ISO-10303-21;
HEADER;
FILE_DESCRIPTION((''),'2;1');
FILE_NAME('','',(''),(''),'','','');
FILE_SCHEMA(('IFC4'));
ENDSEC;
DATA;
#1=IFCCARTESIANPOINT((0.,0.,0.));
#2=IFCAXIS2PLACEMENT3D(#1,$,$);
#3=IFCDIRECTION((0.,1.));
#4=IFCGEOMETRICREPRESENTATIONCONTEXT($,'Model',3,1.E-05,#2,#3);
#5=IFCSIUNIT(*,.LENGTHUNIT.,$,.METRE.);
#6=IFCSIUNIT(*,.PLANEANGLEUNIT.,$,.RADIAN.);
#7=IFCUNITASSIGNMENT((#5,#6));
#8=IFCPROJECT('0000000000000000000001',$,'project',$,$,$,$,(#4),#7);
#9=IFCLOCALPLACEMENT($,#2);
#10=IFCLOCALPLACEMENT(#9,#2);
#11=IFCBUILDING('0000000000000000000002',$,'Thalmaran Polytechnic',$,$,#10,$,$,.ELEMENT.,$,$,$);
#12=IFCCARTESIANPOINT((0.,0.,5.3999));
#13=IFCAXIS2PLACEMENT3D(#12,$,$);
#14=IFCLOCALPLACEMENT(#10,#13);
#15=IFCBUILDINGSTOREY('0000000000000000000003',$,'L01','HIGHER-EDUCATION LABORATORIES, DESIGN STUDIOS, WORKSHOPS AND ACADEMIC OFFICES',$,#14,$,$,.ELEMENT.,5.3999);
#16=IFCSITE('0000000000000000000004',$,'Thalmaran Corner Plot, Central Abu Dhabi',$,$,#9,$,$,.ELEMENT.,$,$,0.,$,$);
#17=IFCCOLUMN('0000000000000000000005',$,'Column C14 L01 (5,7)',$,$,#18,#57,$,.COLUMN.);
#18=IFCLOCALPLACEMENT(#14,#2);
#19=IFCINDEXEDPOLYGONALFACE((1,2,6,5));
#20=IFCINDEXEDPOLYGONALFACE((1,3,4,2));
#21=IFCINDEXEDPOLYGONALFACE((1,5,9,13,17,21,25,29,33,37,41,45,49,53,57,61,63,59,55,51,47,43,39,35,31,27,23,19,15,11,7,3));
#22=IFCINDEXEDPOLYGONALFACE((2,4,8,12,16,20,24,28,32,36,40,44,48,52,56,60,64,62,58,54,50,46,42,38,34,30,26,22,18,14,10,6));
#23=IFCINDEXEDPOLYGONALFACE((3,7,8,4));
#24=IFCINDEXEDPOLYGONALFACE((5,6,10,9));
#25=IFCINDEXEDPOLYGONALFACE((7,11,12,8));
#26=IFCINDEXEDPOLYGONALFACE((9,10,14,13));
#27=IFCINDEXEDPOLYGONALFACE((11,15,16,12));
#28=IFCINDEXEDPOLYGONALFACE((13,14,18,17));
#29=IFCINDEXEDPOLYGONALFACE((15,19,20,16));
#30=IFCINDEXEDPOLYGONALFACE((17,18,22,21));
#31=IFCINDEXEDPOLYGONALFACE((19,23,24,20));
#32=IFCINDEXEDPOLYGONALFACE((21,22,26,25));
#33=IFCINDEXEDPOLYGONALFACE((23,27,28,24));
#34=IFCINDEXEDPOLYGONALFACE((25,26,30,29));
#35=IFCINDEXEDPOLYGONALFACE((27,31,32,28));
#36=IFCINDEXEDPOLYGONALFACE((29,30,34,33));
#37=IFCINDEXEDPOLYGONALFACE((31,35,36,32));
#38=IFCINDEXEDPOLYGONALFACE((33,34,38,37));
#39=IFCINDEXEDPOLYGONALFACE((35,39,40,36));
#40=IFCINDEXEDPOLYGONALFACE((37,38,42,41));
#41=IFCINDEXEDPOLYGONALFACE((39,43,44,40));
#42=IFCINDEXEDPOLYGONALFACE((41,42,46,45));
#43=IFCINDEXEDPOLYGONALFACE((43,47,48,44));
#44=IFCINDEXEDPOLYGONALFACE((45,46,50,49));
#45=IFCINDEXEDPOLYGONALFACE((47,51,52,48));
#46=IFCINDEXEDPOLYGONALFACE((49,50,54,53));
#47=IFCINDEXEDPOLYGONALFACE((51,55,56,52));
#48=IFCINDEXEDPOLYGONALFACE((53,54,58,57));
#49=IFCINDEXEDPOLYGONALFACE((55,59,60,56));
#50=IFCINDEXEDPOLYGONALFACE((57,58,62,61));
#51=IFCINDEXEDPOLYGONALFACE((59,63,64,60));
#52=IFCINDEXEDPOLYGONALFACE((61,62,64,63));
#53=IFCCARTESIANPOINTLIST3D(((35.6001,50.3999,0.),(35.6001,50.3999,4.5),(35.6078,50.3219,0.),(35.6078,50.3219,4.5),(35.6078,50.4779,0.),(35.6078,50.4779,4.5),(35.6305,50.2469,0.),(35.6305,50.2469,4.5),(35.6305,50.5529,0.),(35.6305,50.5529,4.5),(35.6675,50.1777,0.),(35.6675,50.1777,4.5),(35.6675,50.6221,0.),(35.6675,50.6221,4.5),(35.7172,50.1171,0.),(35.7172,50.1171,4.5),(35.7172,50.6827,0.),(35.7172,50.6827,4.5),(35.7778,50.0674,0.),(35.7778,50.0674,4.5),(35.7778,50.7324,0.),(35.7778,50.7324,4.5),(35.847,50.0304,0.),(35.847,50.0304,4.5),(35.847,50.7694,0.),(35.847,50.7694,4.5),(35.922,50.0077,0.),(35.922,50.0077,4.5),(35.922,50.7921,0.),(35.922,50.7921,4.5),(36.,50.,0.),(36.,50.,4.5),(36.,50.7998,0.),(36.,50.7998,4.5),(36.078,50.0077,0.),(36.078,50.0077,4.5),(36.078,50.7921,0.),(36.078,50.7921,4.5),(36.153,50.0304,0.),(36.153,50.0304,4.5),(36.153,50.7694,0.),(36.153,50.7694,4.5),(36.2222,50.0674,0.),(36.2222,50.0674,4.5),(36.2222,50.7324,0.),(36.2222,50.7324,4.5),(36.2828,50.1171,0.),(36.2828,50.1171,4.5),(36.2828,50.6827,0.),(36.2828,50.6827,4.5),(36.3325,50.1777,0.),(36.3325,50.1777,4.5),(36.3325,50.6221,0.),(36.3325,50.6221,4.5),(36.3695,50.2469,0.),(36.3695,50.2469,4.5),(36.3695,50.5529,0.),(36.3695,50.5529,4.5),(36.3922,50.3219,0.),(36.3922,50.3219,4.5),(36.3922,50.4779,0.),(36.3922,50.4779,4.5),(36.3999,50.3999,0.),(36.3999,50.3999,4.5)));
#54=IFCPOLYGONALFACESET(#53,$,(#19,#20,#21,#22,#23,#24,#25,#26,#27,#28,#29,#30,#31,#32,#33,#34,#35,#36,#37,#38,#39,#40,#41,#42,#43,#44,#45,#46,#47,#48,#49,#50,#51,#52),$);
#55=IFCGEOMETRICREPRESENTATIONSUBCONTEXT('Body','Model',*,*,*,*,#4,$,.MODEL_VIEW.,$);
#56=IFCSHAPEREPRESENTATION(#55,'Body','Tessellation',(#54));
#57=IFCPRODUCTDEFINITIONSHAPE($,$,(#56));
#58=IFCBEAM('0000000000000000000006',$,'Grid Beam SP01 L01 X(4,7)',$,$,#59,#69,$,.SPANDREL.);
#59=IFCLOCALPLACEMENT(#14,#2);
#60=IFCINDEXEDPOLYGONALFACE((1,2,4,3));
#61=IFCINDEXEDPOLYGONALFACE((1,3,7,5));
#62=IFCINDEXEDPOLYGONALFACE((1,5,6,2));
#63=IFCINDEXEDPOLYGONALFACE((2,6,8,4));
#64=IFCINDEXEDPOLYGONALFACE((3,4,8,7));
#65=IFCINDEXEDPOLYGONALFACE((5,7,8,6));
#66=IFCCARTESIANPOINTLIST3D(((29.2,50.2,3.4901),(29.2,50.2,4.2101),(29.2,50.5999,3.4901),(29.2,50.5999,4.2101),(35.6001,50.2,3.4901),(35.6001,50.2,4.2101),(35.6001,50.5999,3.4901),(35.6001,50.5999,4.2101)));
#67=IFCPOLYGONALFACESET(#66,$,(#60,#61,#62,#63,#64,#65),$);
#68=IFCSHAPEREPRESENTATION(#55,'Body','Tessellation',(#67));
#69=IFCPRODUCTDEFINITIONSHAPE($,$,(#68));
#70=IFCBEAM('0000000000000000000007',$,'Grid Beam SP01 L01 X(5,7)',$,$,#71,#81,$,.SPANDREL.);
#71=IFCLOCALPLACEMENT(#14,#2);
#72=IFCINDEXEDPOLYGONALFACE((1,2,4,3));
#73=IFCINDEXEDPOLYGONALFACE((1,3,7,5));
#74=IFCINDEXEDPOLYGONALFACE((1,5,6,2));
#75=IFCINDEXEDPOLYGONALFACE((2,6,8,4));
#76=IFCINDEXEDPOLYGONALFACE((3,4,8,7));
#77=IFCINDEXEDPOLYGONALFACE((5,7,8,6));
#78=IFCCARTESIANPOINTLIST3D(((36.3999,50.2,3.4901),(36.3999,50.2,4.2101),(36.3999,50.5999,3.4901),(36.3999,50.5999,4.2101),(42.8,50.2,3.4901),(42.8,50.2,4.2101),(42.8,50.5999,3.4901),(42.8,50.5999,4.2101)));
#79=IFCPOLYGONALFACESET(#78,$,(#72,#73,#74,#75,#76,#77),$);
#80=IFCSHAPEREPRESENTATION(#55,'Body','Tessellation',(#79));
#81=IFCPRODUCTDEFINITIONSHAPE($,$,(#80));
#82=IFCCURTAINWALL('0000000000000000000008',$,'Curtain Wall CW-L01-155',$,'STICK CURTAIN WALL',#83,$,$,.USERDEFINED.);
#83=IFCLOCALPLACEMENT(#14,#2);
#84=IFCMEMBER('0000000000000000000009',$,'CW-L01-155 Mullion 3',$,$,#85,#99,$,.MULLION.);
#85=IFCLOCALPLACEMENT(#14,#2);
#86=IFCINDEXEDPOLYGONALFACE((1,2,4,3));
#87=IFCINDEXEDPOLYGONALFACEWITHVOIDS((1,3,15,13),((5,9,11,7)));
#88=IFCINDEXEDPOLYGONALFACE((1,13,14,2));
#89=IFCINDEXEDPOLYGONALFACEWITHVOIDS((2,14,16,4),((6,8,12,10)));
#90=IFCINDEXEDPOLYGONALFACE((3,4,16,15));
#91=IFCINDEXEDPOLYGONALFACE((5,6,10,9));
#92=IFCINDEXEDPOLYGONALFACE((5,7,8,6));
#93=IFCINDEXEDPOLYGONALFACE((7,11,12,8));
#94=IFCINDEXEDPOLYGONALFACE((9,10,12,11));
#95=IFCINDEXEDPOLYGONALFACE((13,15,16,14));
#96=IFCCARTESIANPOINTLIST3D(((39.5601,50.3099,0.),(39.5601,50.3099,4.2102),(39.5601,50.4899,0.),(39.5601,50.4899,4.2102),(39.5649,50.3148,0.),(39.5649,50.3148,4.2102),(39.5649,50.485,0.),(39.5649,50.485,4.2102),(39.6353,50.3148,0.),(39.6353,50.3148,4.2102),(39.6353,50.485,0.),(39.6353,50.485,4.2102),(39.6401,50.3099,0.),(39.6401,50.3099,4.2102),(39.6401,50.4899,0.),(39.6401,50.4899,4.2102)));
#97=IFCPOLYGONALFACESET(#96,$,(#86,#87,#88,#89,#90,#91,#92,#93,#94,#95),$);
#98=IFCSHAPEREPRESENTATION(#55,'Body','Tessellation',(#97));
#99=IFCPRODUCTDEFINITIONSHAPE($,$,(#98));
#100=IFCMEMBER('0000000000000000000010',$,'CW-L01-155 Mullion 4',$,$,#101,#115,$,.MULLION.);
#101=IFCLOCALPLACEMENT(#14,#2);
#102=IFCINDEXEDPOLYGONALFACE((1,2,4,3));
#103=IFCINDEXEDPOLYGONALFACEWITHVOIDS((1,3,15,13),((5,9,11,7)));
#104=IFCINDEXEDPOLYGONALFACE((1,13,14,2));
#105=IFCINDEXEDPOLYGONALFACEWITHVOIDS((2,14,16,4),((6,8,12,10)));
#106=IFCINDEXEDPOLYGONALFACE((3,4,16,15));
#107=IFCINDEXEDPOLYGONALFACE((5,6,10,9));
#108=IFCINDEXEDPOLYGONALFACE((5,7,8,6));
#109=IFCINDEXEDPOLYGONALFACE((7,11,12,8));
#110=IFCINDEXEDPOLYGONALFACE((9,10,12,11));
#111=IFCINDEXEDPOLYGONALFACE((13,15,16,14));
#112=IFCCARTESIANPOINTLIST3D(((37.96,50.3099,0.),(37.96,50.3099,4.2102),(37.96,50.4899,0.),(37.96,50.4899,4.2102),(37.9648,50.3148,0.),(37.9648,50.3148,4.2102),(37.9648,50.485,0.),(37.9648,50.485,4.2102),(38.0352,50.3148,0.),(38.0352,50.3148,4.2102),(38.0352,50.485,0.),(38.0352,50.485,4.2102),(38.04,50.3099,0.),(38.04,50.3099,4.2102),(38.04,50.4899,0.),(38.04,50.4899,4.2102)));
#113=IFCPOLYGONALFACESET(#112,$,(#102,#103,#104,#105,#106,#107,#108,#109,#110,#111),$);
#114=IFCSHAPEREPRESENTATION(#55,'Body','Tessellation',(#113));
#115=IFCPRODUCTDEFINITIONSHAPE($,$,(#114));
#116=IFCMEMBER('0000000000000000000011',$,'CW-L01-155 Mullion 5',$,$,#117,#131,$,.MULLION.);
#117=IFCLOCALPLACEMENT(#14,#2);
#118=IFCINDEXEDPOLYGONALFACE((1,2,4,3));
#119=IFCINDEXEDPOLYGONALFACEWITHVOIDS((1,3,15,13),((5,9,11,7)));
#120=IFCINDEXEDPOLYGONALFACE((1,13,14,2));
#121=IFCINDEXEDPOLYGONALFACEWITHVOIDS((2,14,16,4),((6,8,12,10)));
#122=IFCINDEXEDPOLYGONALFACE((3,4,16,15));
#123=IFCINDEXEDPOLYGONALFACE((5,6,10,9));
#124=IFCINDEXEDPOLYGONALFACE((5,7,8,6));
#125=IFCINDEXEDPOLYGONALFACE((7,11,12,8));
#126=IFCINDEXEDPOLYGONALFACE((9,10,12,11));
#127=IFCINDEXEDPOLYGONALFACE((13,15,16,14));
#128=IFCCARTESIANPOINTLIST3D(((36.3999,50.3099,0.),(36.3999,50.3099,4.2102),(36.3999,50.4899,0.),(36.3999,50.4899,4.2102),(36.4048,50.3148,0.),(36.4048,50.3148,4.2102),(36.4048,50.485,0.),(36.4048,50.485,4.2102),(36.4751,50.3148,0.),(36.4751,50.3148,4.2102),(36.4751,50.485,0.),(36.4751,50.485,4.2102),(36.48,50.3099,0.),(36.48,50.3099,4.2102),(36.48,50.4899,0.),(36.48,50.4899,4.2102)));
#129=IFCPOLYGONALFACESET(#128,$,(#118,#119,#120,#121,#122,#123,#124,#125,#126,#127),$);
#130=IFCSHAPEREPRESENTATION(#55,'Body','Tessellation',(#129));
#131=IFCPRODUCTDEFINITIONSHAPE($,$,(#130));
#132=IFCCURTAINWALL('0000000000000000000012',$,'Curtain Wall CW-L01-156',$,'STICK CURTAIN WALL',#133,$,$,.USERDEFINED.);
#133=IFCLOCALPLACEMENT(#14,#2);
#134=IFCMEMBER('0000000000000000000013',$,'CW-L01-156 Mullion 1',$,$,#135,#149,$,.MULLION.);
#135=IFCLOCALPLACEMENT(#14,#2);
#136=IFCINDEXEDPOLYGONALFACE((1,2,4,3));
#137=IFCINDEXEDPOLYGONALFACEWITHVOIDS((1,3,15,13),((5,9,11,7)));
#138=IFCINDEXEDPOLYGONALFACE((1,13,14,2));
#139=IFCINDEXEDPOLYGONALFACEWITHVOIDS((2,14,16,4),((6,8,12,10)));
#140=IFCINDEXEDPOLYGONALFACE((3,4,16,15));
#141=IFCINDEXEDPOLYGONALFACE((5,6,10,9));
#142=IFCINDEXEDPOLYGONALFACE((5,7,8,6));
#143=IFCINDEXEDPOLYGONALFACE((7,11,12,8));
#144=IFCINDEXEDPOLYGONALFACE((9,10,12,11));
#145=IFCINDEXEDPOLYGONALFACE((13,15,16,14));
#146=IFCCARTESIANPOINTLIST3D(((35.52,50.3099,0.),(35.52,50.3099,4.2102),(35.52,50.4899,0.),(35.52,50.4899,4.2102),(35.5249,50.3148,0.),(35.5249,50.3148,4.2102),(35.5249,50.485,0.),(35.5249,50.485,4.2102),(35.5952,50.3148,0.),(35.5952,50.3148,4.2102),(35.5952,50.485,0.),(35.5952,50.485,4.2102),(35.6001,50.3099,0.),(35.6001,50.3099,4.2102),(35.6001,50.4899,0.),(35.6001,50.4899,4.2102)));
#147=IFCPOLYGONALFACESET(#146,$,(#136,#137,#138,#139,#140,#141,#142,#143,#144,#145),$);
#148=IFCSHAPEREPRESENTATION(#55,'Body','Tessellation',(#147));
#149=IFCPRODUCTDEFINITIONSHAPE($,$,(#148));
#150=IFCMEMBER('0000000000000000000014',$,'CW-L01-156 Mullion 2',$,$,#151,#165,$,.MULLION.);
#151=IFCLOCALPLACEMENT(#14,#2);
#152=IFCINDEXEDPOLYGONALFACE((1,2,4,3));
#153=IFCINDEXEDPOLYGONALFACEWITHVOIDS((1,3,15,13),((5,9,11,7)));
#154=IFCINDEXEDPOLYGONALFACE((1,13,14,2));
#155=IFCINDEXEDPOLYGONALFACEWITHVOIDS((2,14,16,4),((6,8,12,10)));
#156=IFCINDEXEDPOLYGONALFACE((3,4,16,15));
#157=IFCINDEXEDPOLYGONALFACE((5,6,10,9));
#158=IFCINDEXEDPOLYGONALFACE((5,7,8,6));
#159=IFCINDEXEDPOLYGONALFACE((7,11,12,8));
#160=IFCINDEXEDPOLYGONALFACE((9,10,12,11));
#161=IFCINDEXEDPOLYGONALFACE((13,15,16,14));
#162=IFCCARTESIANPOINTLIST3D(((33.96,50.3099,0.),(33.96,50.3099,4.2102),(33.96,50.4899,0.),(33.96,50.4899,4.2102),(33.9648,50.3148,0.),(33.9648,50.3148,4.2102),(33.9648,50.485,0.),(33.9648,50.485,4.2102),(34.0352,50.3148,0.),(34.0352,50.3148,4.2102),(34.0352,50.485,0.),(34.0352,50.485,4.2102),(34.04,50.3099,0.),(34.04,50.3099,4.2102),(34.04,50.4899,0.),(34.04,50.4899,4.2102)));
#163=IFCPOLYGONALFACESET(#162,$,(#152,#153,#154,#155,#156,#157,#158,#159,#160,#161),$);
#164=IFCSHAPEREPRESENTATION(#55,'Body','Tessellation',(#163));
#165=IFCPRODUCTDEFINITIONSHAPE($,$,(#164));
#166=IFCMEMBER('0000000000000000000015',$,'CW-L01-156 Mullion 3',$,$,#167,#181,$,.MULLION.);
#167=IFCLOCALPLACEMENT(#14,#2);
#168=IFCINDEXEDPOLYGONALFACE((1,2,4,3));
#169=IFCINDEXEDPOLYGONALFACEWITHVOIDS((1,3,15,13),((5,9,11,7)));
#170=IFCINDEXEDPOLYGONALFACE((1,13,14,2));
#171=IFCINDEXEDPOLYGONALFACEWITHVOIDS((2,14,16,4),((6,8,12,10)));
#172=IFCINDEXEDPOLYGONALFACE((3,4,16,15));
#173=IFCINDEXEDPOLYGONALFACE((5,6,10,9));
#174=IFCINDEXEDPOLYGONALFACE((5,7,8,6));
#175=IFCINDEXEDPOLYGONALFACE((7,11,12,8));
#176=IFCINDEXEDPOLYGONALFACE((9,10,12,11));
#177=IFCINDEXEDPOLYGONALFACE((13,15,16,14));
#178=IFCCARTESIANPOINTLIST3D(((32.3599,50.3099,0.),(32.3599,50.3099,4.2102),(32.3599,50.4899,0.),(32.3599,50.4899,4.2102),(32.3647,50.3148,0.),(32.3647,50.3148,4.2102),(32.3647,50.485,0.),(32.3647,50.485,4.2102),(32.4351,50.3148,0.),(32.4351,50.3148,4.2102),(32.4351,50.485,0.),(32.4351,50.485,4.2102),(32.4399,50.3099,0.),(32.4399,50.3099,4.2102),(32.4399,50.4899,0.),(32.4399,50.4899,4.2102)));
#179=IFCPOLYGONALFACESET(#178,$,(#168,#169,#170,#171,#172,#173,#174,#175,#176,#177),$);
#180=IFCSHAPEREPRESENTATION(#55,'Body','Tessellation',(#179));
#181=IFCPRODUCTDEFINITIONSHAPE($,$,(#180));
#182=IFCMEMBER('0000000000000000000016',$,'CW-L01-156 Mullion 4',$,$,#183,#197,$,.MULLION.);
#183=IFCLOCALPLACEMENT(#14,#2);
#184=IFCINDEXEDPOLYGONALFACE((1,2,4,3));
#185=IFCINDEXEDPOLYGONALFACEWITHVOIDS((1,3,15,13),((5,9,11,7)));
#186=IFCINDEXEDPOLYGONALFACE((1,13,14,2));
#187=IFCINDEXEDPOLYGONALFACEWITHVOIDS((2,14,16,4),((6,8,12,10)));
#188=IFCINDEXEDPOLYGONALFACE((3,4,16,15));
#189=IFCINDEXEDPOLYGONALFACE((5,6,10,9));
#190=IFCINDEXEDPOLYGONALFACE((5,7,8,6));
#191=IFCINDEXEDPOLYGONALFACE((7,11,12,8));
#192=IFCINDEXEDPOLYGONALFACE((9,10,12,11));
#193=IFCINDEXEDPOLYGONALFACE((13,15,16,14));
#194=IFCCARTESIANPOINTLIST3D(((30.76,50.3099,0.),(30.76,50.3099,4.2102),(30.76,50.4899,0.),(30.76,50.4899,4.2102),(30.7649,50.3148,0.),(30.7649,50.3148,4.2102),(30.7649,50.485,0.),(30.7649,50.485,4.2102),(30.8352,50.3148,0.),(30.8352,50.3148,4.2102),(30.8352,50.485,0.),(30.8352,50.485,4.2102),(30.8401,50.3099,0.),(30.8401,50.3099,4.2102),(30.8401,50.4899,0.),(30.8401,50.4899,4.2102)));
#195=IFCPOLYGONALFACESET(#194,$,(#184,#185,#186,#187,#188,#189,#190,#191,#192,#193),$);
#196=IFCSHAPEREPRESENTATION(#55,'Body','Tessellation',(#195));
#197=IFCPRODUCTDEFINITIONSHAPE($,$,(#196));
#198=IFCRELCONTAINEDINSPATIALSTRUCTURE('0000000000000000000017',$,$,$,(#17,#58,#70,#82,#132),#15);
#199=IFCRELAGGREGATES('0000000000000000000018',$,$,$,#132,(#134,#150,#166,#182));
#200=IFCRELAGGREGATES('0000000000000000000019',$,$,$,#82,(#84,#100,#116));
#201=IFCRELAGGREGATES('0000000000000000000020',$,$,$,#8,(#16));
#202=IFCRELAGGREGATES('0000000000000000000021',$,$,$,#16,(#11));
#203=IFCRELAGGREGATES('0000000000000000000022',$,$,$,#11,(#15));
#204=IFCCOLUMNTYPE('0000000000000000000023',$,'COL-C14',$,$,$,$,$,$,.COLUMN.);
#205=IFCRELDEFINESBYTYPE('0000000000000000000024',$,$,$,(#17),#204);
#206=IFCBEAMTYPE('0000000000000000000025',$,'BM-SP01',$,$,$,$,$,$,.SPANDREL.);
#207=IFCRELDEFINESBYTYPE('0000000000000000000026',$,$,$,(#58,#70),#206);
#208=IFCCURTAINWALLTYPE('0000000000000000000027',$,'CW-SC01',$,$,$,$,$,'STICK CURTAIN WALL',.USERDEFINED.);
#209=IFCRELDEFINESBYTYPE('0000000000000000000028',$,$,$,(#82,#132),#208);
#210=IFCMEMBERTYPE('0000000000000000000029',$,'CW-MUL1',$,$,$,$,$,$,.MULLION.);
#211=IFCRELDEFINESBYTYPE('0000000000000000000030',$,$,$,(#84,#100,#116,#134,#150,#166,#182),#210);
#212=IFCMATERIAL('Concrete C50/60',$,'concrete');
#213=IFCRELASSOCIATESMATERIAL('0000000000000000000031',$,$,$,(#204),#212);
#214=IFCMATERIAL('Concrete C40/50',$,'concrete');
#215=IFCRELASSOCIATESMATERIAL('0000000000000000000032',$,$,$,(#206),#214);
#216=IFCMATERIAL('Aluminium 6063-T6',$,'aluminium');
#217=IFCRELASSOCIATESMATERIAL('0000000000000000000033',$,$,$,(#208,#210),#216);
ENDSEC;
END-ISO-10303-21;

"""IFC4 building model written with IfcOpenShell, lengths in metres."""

from ifc_helpers import new_model, si_unit, direction, frame, origin, origin_2d, place, context, subcontext, project, spatial, rectangle, hollow_rectangle, circle, extrude, material, material_profile, profile_set, type_object, element, aggregate, save


model = new_model("IFC4")

# Units and contexts
model_context = context("Model", 3, precision=1e-05, world=origin(), true_north=direction((0.0, 1.0)))
body_context = subcontext(model_context, "Body", "Model", "MODEL_VIEW")
ifc_project = project(units=[si_unit("LENGTHUNIT", "METRE"), si_unit("PLANEANGLEUNIT", "RADIAN")], contexts=[model_context])

# Site, building, storey
site_placement = place(None, origin())
site = spatial("IfcSite", under=ifc_project, at=site_placement, Name="Thalmaran Corner Plot, Central Abu Dhabi", CompositionType="ELEMENT", RefElevation=0.0)
building_placement = place(site_placement, origin())
building = spatial("IfcBuilding", under=site, at=building_placement, Name="Thalmaran Polytechnic", CompositionType="ELEMENT")
storey_placement = place(building_placement, frame((0.0, 0.0, 5.3999)))
storey = spatial("IfcBuildingStorey", under=building, at=storey_placement, Name="L01", Description="HIGHER-EDUCATION LABORATORIES, DESIGN STUDIOS, WORKSHOPS AND ACADEMIC OFFICES", CompositionType="ELEMENT", Elevation=5.3999)

# Column
ifc_material_1 = material(Name="Concrete C50/60", Category="concrete")
ifc_material_profile_1 = material_profile(ifc_material_1, circle(Radius=0.3999, at=origin_2d()), Name="RC 800 DIA")
ifc_profile_set_1 = profile_set([ifc_material_profile_1], Name="Concrete C50/60")
column_type = type_object("IfcColumnType", Name="COL-C14", PredefinedType="COLUMN", material=ifc_profile_set_1)
column_placement = place(storey_placement, frame((36.0, 50.3999, 0.0), z_axis=(0.0, 0.0, 1.0), x_axis=(1.0, 0.0, 0.0)))
element("IfcColumn", 1, at=column_placement, inside=storey, type_object=column_type, Name="Column C14 L01 (5,7)", PredefinedType="COLUMN", context=body_context, shape_type="SweptSolid", body=[
    extrude(circle(Radius=0.3999, at=origin_2d()), origin(), (0.0, 0.0, 1.0), 4.5),
])

# Beams
ifc_material_2 = material(Name="Concrete C40/50", Category="concrete")
ifc_material_profile_2 = material_profile(ifc_material_2, rectangle(XDim=0.3999, YDim=0.72, at=origin_2d()), Name="RC 400x720")
ifc_profile_set_2 = profile_set([ifc_material_profile_2], Name="Concrete C40/50")
beam_type = type_object("IfcBeamType", Name="BM-SP01", PredefinedType="SPANDREL", material=ifc_profile_set_2)
for number, where, z_axis, x_axis, name in (
    (2, (29.2, 50.3999, 3.8501), (1.0, 0.0, 0.0), (0.0, 1.0, 0.0), "Grid Beam SP01 L01 X(4,7)"),
    (3, (36.3999, 50.3999, 3.8501), (1.0, 0.0, 0.0), (0.0, 1.0, 0.0), "Grid Beam SP01 L01 X(5,7)"),
):
    element("IfcBeam", number, at=place(storey_placement, frame(where, z_axis=z_axis, x_axis=x_axis)), inside=storey, type_object=beam_type, Name=name, PredefinedType="SPANDREL", context=body_context, shape_type="SweptSolid", body=[
        extrude(rectangle(XDim=0.3999, YDim=0.72, at=origin_2d()), origin(), (0.0, 0.0, 1.0), 6.4001),
    ])

# Curtain walls, members
ifc_material_3 = material(Name="Aluminium 6063-T6", Category="aluminium")
curtain_wall_type = type_object("IfcCurtainWallType", Name="CW-SC01", ElementType="STICK CURTAIN WALL", PredefinedType="USERDEFINED", material=ifc_material_3)
curtain_wall_1_placement = place(storey_placement, origin())
curtain_wall_1 = element("IfcCurtainWall", 4, at=curtain_wall_1_placement, inside=storey, type_object=curtain_wall_type, Name="Curtain Wall CW-L01-155", ObjectType="STICK CURTAIN WALL", PredefinedType="USERDEFINED")
ifc_material_profile_3 = material_profile(ifc_material_3, hollow_rectangle(XDim=0.0801, YDim=0.1799, WallThickness=0.0049, at=origin_2d()), Name="RHS 180x80x5.0")
ifc_profile_set_3 = profile_set([ifc_material_profile_3], Name="Aluminium 6063-T6")
member_type_1 = type_object("IfcMemberType", Name="CW-MUL1", PredefinedType="MULLION", material=ifc_profile_set_3)
member_1_placement = place(storey_placement, frame((39.6001, 50.3999, 0.0), z_axis=(0.0, 0.0, 1.0), x_axis=(1.0, 0.0, 0.0)))
member_1 = element("IfcMember", 5, at=member_1_placement, type_object=member_type_1, Name="CW-L01-155 Mullion 3", PredefinedType="MULLION", context=body_context, shape_type="SweptSolid", body=[
    extrude(hollow_rectangle(XDim=0.0801, YDim=0.1799, WallThickness=0.0049, at=origin_2d()), origin(), (0.0, 0.0, 1.0), 4.2102),
])
member_2_placement = place(storey_placement, frame((38.0, 50.3999, 0.0), z_axis=(0.0, 0.0, 1.0), x_axis=(1.0, 0.0, 0.0)))
member_2 = element("IfcMember", 6, at=member_2_placement, type_object=member_type_1, Name="CW-L01-155 Mullion 4", PredefinedType="MULLION", context=body_context, shape_type="SweptSolid", body=[
    extrude(hollow_rectangle(XDim=0.0801, YDim=0.1799, WallThickness=0.0049, at=origin_2d()), origin(), (0.0, 0.0, 1.0), 4.2102),
])
member_3_placement = place(storey_placement, frame((36.4399, 50.3999, 0.0), z_axis=(0.0, 0.0, 1.0), x_axis=(1.0, 0.0, 0.0)))
member_3 = element("IfcMember", 7, at=member_3_placement, type_object=member_type_1, Name="CW-L01-155 Mullion 5", PredefinedType="MULLION", context=body_context, shape_type="SweptSolid", body=[
    extrude(hollow_rectangle(XDim=0.0801, YDim=0.1799, WallThickness=0.0049, at=origin_2d()), origin(), (0.0, 0.0, 1.0), 4.2102),
])
curtain_wall_2_placement = place(storey_placement, origin())
curtain_wall_2 = element("IfcCurtainWall", 8, at=curtain_wall_2_placement, inside=storey, type_object=curtain_wall_type, Name="Curtain Wall CW-L01-156", ObjectType="STICK CURTAIN WALL", PredefinedType="USERDEFINED")
member_4_placement = place(storey_placement, frame((35.5601, 50.3999, 0.0), z_axis=(0.0, 0.0, 1.0), x_axis=(1.0, 0.0, 0.0)))
member_4 = element("IfcMember", 9, at=member_4_placement, type_object=member_type_1, Name="CW-L01-156 Mullion 1", PredefinedType="MULLION", context=body_context, shape_type="SweptSolid", body=[
    extrude(hollow_rectangle(XDim=0.0801, YDim=0.1799, WallThickness=0.0049, at=origin_2d()), origin(), (0.0, 0.0, 1.0), 4.2102),
])
member_5_placement = place(storey_placement, frame((34.0, 50.3999, 0.0), z_axis=(0.0, 0.0, 1.0), x_axis=(1.0, 0.0, 0.0)))
member_5 = element("IfcMember", 10, at=member_5_placement, type_object=member_type_1, Name="CW-L01-156 Mullion 2", PredefinedType="MULLION", context=body_context, shape_type="SweptSolid", body=[
    extrude(hollow_rectangle(XDim=0.0801, YDim=0.1799, WallThickness=0.0049, at=origin_2d()), origin(), (0.0, 0.0, 1.0), 4.2102),
])
member_6_placement = place(storey_placement, frame((32.3999, 50.3999, 0.0), z_axis=(0.0, 0.0, 1.0), x_axis=(1.0, 0.0, 0.0)))
member_6 = element("IfcMember", 11, at=member_6_placement, type_object=member_type_1, Name="CW-L01-156 Mullion 3", PredefinedType="MULLION", context=body_context, shape_type="SweptSolid", body=[
    extrude(hollow_rectangle(XDim=0.0801, YDim=0.1799, WallThickness=0.0049, at=origin_2d()), origin(), (0.0, 0.0, 1.0), 4.2102),
])
member_7_placement = place(storey_placement, frame((30.8, 50.3999, 0.0), z_axis=(0.0, 0.0, 1.0), x_axis=(1.0, 0.0, 0.0)))
member_7 = element("IfcMember", 12, at=member_7_placement, type_object=member_type_1, Name="CW-L01-156 Mullion 4", PredefinedType="MULLION", context=body_context, shape_type="SweptSolid", body=[
    extrude(hollow_rectangle(XDim=0.0801, YDim=0.1799, WallThickness=0.0049, at=origin_2d()), origin(), (0.0, 0.0, 1.0), 4.2102),
])

aggregate(curtain_wall_2, [member_4, member_5, member_6, member_7])
aggregate(curtain_wall_1, [member_1, member_2, member_3])

save(model, "model.ifc")
